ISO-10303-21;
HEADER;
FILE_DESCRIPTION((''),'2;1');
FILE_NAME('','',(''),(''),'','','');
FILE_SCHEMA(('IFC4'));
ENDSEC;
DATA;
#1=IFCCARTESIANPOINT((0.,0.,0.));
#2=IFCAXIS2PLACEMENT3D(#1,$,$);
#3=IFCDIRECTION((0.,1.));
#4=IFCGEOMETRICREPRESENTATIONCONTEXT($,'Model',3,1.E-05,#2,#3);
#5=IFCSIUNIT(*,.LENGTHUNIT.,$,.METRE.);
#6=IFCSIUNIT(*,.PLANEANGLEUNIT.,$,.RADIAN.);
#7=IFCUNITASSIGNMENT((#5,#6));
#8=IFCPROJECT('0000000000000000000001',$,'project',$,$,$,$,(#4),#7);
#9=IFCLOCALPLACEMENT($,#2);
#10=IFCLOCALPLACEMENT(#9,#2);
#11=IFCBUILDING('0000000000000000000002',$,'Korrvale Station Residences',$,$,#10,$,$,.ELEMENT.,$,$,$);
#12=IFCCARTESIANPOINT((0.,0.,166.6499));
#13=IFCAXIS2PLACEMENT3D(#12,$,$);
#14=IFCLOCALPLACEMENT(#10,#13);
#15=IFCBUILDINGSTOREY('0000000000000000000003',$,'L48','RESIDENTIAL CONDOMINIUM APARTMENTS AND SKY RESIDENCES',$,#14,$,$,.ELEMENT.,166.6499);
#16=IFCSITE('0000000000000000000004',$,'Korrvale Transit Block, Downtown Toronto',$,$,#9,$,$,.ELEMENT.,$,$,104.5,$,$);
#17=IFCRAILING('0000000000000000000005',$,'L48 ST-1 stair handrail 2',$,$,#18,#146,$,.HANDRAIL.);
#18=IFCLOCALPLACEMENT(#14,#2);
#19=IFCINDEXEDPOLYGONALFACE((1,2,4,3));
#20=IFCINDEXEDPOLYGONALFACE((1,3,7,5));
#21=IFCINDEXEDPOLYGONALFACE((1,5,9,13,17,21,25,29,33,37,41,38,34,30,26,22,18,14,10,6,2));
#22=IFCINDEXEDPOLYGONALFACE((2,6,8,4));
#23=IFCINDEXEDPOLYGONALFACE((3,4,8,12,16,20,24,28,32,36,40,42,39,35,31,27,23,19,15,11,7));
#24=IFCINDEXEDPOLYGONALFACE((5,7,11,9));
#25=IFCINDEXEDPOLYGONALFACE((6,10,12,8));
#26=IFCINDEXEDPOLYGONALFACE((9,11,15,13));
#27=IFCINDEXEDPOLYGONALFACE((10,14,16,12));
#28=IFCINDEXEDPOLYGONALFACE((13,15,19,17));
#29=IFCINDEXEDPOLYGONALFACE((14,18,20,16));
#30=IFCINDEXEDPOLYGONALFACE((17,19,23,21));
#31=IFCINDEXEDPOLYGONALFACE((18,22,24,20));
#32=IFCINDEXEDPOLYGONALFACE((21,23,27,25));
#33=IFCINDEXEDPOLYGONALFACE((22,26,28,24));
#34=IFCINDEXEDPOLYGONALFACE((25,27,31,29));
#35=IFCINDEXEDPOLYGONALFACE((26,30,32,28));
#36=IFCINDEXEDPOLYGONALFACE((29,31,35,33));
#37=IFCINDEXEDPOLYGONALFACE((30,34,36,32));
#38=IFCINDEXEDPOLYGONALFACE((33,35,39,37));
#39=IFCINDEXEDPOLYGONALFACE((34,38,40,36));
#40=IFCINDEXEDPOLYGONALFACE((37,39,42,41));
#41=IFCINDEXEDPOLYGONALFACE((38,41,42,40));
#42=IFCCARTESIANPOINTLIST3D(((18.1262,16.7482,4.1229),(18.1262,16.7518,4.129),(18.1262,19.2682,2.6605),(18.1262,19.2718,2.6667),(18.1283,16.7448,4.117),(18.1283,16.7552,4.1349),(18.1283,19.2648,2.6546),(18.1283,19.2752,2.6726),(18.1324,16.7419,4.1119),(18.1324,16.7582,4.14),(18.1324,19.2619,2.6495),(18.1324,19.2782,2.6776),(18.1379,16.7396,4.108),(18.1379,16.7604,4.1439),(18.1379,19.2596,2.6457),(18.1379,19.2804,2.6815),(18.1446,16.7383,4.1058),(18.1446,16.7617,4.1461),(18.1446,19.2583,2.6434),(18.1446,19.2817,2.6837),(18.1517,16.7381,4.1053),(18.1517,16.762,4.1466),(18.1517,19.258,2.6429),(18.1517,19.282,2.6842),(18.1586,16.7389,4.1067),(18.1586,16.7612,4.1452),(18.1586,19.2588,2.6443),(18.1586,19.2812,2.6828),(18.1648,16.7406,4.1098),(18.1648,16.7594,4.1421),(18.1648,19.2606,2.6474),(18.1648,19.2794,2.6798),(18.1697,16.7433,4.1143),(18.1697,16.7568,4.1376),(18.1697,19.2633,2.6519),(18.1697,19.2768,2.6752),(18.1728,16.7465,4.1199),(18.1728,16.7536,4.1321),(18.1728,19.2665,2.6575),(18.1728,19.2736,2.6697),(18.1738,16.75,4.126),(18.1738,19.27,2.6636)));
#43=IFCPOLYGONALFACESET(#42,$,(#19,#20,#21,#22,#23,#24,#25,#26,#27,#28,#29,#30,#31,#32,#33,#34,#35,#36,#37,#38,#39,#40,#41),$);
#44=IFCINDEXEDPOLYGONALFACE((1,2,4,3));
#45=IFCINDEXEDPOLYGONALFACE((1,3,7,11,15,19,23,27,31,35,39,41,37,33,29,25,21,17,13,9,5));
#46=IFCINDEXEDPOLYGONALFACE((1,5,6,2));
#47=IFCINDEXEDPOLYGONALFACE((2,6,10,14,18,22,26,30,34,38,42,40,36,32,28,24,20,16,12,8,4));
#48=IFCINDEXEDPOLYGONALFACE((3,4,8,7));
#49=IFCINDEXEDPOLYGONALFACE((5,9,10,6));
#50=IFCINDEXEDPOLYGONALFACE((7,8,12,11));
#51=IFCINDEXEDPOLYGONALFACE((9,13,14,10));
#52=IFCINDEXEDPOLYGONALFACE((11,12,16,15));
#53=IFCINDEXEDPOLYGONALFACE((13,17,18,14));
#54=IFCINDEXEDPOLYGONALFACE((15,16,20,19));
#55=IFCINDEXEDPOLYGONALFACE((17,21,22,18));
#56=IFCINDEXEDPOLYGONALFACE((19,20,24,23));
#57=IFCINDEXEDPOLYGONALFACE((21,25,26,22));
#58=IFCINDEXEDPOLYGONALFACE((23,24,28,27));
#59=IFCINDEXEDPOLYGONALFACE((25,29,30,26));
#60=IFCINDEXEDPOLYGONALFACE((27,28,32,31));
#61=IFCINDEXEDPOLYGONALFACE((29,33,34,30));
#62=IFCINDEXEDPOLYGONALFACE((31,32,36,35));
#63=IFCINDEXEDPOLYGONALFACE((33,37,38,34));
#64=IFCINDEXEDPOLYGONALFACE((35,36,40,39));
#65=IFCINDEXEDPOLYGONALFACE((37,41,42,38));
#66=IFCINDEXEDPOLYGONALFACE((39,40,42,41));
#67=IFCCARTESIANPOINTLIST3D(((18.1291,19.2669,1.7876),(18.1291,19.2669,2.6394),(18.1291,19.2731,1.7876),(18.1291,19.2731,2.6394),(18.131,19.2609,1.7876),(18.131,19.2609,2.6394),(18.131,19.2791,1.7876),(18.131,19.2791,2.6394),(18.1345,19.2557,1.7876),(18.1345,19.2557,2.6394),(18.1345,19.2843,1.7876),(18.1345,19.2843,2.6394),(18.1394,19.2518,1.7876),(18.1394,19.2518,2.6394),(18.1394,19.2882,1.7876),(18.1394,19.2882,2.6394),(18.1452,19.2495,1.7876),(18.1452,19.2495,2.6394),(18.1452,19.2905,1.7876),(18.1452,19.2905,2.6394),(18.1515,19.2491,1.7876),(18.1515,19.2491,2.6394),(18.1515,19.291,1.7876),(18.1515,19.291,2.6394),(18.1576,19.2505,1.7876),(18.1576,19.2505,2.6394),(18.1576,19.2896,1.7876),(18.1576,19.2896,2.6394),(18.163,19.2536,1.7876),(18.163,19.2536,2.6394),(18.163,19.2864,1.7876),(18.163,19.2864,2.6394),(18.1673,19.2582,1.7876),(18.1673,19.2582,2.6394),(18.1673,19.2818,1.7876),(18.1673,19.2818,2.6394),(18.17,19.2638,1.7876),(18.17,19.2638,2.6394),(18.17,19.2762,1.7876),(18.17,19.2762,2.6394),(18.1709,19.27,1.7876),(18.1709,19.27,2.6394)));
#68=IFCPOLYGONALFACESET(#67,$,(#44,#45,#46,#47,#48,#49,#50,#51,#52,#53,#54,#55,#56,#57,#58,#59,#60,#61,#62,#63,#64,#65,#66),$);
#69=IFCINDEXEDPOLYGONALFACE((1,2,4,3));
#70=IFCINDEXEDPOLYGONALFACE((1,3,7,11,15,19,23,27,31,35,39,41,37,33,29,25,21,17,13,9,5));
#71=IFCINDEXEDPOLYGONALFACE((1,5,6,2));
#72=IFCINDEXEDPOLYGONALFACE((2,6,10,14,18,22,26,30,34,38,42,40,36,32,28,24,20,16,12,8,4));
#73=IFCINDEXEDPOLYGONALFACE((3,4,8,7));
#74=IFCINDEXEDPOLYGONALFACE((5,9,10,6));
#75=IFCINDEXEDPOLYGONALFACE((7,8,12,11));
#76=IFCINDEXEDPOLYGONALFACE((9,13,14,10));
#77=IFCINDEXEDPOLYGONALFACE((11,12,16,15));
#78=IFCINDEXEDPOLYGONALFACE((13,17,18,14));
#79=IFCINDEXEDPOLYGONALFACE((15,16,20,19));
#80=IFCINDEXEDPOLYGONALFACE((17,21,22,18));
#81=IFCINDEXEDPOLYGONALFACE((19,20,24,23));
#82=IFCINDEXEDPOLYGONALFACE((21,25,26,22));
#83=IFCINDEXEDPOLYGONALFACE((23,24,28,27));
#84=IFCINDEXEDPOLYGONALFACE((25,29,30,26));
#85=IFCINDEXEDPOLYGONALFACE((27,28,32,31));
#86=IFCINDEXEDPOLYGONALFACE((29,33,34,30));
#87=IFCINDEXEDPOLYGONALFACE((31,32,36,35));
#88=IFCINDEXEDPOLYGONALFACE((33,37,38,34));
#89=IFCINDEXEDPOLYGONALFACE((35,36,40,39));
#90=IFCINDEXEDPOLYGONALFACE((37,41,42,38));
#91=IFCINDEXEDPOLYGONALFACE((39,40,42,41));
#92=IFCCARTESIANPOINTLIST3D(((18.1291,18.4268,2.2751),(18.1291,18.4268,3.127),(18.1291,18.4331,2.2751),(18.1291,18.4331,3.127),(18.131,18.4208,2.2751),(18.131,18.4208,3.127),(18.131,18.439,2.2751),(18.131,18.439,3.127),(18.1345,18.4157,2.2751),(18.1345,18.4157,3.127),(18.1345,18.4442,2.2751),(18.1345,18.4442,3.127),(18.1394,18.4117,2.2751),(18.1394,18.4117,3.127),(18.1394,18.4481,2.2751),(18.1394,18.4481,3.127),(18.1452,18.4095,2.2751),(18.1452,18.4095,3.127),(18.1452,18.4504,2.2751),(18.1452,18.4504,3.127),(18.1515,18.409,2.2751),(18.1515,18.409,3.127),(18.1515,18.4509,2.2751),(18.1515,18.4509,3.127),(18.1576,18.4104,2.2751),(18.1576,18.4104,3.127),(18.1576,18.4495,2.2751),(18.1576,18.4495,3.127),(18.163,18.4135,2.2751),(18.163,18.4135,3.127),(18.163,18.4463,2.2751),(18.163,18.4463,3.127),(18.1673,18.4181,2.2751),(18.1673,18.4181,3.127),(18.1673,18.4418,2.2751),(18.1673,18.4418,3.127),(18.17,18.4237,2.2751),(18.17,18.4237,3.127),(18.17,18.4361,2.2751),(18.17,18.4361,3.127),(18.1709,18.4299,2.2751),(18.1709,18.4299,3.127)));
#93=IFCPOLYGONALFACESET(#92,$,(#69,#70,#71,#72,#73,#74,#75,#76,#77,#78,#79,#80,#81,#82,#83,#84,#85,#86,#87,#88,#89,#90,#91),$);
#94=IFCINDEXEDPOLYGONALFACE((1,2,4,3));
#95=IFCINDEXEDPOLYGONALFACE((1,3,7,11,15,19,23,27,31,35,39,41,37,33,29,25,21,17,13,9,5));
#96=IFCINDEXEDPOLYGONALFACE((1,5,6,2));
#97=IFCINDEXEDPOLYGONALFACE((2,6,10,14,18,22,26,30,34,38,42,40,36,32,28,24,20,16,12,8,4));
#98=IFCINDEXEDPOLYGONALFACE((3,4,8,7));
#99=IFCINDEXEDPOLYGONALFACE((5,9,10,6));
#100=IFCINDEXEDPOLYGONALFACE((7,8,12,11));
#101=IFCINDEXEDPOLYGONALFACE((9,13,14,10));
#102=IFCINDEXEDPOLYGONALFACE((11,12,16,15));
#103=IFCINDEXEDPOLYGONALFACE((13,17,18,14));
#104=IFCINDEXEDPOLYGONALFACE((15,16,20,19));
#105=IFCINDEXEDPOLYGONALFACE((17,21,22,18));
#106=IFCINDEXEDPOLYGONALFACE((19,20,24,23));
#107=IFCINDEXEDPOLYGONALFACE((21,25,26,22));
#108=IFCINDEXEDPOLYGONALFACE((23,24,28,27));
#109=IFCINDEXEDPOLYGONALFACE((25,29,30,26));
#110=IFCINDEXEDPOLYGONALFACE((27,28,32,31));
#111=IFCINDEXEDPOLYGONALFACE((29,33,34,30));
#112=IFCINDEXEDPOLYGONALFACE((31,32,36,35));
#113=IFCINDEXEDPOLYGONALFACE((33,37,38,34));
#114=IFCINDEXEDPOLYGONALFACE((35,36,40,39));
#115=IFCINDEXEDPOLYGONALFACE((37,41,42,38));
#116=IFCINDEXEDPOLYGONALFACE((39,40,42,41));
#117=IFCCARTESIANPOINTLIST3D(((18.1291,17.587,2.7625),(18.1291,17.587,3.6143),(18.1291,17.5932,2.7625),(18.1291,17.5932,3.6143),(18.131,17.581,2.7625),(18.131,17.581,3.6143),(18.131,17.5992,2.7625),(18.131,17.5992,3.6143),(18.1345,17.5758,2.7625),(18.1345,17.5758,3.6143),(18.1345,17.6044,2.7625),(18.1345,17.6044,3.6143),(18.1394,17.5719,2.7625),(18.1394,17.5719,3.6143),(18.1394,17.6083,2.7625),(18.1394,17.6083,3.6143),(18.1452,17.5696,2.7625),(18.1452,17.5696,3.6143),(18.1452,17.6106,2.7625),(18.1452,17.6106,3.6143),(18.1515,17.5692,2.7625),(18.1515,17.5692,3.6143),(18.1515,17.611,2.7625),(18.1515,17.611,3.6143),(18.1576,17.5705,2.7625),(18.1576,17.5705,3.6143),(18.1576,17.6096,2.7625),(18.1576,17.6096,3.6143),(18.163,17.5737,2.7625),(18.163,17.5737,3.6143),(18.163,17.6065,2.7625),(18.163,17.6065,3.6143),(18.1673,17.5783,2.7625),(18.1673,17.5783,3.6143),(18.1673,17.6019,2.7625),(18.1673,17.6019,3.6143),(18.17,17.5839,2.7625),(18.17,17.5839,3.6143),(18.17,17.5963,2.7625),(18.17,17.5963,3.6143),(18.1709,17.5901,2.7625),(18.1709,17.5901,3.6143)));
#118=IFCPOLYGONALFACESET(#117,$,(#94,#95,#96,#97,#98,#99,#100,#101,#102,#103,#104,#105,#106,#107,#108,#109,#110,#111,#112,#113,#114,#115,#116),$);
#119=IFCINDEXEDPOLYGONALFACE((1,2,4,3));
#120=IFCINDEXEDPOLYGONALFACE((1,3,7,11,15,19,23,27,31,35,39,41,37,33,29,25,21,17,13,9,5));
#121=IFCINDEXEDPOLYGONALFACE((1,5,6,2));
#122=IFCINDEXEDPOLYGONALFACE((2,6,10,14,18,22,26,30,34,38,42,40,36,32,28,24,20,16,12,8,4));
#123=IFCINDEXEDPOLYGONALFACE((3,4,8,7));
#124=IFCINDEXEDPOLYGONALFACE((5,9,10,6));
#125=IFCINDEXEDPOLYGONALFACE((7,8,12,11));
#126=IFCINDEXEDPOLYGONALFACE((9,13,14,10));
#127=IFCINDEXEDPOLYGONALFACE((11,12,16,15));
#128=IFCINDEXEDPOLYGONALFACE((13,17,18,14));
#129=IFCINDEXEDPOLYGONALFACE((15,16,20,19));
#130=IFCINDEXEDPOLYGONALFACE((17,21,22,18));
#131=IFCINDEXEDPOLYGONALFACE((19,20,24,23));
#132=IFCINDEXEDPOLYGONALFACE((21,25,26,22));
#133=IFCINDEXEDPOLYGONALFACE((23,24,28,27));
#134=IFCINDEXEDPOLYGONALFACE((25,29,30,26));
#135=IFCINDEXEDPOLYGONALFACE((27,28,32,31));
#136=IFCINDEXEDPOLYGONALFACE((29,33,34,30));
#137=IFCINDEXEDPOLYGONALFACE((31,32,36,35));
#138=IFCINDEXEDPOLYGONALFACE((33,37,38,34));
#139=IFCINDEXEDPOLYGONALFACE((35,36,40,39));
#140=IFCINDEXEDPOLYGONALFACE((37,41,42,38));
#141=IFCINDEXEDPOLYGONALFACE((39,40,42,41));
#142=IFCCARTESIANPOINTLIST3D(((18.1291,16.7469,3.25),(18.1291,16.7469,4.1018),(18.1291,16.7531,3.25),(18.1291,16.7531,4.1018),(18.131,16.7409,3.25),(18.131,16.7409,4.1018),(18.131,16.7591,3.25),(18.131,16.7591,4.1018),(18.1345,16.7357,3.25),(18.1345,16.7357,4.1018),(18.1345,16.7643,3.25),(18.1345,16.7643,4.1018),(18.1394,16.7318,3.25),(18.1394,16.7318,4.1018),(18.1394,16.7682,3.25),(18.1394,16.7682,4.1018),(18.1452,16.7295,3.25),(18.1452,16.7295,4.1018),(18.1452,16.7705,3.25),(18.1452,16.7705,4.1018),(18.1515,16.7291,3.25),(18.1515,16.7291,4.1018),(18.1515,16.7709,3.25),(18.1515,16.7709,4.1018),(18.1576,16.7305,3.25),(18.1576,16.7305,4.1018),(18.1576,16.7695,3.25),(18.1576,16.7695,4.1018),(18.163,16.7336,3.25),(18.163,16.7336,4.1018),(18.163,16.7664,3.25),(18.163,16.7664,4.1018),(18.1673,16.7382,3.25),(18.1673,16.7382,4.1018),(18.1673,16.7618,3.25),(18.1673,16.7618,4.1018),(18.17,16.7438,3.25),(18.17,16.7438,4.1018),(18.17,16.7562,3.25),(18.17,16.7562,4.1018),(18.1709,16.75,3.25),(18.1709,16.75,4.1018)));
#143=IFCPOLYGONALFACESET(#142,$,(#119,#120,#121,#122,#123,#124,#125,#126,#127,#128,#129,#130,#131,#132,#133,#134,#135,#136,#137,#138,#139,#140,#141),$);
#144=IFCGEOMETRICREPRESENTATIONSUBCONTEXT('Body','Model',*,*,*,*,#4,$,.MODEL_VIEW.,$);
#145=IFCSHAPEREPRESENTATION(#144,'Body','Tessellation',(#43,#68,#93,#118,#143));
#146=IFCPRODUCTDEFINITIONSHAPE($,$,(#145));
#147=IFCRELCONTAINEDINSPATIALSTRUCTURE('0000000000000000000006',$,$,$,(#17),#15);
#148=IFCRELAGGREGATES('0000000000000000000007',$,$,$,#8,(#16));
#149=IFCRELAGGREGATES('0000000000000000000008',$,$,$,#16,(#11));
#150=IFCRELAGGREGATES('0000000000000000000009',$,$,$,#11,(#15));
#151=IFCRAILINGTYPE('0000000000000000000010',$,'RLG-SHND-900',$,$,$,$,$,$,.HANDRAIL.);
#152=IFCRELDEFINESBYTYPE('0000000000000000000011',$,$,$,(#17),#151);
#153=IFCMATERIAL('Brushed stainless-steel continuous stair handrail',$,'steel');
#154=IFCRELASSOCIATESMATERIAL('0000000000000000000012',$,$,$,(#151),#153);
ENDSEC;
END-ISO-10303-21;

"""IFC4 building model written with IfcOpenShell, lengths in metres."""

from ifc_helpers import new_model, si_unit, direction, frame, origin, origin_2d, place, context, subcontext, project, spatial, circle, extrude, material, type_object, element, save


model = new_model("IFC4")

# Units and contexts
model_context = context("Model", 3, precision=1e-05, world=origin(), true_north=direction((0.0, 1.0)))
body_context = subcontext(model_context, "Body", "Model", "MODEL_VIEW")
ifc_project = project(units=[si_unit("LENGTHUNIT", "METRE"), si_unit("PLANEANGLEUNIT", "RADIAN")], contexts=[model_context])

# Site, building, storey
site_placement = place(None, origin())
site = spatial("IfcSite", under=ifc_project, at=site_placement, Name="Korrvale Transit Block, Downtown Toronto", CompositionType="ELEMENT", RefElevation=104.5)
building_placement = place(site_placement, origin())
building = spatial("IfcBuilding", under=site, at=building_placement, Name="Korrvale Station Residences", CompositionType="ELEMENT")
storey_placement = place(building_placement, frame((0.0, 0.0, 166.6499)))
storey = spatial("IfcBuildingStorey", under=building, at=storey_placement, Name="L48", Description="RESIDENTIAL CONDOMINIUM APARTMENTS AND SKY RESIDENCES", CompositionType="ELEMENT", Elevation=166.6499)

# Railing
ifc_material_1 = material(Name="Brushed stainless-steel continuous stair handrail", Category="steel")
railing_type_1 = type_object("IfcRailingType", Name="RLG-SHND-900", PredefinedType="HANDRAIL", material=ifc_material_1)
railing_1_placement = place(storey_placement, frame((18.1499, 19.27, 1.7876)))
element("IfcRailing", 1, at=railing_1_placement, inside=storey, type_object=railing_type_1, Name="L48 ST-1 stair handrail 2", PredefinedType="HANDRAIL", context=body_context, shape_type="SweptSolid", body=[
    extrude(circle(Radius=0.0239, at=origin_2d()), frame((0.0, 0.0, 0.876), z_axis=(0.0, -0.864913, 0.501921), x_axis=(1.0, 0.0, 0.0)), (0.0, 0.0, 1.0), 2.9136),
    extrude(circle(Radius=0.021, at=origin_2d()), origin(), (0.0, 0.0, 1.0), 0.8518),
    extrude(circle(Radius=0.021, at=origin_2d()), frame((0.0, -0.8401, 0.4875)), (0.0, 0.0, 1.0), 0.8518),
    extrude(circle(Radius=0.021, at=origin_2d()), frame((0.0, -1.6799, 0.9749)), (0.0, 0.0, 1.0), 0.8518),
    extrude(circle(Radius=0.021, at=origin_2d()), frame((0.0, -2.52, 1.4624)), (0.0, 0.0, 1.0), 0.8518),
])

save(model, "model.ifc")
